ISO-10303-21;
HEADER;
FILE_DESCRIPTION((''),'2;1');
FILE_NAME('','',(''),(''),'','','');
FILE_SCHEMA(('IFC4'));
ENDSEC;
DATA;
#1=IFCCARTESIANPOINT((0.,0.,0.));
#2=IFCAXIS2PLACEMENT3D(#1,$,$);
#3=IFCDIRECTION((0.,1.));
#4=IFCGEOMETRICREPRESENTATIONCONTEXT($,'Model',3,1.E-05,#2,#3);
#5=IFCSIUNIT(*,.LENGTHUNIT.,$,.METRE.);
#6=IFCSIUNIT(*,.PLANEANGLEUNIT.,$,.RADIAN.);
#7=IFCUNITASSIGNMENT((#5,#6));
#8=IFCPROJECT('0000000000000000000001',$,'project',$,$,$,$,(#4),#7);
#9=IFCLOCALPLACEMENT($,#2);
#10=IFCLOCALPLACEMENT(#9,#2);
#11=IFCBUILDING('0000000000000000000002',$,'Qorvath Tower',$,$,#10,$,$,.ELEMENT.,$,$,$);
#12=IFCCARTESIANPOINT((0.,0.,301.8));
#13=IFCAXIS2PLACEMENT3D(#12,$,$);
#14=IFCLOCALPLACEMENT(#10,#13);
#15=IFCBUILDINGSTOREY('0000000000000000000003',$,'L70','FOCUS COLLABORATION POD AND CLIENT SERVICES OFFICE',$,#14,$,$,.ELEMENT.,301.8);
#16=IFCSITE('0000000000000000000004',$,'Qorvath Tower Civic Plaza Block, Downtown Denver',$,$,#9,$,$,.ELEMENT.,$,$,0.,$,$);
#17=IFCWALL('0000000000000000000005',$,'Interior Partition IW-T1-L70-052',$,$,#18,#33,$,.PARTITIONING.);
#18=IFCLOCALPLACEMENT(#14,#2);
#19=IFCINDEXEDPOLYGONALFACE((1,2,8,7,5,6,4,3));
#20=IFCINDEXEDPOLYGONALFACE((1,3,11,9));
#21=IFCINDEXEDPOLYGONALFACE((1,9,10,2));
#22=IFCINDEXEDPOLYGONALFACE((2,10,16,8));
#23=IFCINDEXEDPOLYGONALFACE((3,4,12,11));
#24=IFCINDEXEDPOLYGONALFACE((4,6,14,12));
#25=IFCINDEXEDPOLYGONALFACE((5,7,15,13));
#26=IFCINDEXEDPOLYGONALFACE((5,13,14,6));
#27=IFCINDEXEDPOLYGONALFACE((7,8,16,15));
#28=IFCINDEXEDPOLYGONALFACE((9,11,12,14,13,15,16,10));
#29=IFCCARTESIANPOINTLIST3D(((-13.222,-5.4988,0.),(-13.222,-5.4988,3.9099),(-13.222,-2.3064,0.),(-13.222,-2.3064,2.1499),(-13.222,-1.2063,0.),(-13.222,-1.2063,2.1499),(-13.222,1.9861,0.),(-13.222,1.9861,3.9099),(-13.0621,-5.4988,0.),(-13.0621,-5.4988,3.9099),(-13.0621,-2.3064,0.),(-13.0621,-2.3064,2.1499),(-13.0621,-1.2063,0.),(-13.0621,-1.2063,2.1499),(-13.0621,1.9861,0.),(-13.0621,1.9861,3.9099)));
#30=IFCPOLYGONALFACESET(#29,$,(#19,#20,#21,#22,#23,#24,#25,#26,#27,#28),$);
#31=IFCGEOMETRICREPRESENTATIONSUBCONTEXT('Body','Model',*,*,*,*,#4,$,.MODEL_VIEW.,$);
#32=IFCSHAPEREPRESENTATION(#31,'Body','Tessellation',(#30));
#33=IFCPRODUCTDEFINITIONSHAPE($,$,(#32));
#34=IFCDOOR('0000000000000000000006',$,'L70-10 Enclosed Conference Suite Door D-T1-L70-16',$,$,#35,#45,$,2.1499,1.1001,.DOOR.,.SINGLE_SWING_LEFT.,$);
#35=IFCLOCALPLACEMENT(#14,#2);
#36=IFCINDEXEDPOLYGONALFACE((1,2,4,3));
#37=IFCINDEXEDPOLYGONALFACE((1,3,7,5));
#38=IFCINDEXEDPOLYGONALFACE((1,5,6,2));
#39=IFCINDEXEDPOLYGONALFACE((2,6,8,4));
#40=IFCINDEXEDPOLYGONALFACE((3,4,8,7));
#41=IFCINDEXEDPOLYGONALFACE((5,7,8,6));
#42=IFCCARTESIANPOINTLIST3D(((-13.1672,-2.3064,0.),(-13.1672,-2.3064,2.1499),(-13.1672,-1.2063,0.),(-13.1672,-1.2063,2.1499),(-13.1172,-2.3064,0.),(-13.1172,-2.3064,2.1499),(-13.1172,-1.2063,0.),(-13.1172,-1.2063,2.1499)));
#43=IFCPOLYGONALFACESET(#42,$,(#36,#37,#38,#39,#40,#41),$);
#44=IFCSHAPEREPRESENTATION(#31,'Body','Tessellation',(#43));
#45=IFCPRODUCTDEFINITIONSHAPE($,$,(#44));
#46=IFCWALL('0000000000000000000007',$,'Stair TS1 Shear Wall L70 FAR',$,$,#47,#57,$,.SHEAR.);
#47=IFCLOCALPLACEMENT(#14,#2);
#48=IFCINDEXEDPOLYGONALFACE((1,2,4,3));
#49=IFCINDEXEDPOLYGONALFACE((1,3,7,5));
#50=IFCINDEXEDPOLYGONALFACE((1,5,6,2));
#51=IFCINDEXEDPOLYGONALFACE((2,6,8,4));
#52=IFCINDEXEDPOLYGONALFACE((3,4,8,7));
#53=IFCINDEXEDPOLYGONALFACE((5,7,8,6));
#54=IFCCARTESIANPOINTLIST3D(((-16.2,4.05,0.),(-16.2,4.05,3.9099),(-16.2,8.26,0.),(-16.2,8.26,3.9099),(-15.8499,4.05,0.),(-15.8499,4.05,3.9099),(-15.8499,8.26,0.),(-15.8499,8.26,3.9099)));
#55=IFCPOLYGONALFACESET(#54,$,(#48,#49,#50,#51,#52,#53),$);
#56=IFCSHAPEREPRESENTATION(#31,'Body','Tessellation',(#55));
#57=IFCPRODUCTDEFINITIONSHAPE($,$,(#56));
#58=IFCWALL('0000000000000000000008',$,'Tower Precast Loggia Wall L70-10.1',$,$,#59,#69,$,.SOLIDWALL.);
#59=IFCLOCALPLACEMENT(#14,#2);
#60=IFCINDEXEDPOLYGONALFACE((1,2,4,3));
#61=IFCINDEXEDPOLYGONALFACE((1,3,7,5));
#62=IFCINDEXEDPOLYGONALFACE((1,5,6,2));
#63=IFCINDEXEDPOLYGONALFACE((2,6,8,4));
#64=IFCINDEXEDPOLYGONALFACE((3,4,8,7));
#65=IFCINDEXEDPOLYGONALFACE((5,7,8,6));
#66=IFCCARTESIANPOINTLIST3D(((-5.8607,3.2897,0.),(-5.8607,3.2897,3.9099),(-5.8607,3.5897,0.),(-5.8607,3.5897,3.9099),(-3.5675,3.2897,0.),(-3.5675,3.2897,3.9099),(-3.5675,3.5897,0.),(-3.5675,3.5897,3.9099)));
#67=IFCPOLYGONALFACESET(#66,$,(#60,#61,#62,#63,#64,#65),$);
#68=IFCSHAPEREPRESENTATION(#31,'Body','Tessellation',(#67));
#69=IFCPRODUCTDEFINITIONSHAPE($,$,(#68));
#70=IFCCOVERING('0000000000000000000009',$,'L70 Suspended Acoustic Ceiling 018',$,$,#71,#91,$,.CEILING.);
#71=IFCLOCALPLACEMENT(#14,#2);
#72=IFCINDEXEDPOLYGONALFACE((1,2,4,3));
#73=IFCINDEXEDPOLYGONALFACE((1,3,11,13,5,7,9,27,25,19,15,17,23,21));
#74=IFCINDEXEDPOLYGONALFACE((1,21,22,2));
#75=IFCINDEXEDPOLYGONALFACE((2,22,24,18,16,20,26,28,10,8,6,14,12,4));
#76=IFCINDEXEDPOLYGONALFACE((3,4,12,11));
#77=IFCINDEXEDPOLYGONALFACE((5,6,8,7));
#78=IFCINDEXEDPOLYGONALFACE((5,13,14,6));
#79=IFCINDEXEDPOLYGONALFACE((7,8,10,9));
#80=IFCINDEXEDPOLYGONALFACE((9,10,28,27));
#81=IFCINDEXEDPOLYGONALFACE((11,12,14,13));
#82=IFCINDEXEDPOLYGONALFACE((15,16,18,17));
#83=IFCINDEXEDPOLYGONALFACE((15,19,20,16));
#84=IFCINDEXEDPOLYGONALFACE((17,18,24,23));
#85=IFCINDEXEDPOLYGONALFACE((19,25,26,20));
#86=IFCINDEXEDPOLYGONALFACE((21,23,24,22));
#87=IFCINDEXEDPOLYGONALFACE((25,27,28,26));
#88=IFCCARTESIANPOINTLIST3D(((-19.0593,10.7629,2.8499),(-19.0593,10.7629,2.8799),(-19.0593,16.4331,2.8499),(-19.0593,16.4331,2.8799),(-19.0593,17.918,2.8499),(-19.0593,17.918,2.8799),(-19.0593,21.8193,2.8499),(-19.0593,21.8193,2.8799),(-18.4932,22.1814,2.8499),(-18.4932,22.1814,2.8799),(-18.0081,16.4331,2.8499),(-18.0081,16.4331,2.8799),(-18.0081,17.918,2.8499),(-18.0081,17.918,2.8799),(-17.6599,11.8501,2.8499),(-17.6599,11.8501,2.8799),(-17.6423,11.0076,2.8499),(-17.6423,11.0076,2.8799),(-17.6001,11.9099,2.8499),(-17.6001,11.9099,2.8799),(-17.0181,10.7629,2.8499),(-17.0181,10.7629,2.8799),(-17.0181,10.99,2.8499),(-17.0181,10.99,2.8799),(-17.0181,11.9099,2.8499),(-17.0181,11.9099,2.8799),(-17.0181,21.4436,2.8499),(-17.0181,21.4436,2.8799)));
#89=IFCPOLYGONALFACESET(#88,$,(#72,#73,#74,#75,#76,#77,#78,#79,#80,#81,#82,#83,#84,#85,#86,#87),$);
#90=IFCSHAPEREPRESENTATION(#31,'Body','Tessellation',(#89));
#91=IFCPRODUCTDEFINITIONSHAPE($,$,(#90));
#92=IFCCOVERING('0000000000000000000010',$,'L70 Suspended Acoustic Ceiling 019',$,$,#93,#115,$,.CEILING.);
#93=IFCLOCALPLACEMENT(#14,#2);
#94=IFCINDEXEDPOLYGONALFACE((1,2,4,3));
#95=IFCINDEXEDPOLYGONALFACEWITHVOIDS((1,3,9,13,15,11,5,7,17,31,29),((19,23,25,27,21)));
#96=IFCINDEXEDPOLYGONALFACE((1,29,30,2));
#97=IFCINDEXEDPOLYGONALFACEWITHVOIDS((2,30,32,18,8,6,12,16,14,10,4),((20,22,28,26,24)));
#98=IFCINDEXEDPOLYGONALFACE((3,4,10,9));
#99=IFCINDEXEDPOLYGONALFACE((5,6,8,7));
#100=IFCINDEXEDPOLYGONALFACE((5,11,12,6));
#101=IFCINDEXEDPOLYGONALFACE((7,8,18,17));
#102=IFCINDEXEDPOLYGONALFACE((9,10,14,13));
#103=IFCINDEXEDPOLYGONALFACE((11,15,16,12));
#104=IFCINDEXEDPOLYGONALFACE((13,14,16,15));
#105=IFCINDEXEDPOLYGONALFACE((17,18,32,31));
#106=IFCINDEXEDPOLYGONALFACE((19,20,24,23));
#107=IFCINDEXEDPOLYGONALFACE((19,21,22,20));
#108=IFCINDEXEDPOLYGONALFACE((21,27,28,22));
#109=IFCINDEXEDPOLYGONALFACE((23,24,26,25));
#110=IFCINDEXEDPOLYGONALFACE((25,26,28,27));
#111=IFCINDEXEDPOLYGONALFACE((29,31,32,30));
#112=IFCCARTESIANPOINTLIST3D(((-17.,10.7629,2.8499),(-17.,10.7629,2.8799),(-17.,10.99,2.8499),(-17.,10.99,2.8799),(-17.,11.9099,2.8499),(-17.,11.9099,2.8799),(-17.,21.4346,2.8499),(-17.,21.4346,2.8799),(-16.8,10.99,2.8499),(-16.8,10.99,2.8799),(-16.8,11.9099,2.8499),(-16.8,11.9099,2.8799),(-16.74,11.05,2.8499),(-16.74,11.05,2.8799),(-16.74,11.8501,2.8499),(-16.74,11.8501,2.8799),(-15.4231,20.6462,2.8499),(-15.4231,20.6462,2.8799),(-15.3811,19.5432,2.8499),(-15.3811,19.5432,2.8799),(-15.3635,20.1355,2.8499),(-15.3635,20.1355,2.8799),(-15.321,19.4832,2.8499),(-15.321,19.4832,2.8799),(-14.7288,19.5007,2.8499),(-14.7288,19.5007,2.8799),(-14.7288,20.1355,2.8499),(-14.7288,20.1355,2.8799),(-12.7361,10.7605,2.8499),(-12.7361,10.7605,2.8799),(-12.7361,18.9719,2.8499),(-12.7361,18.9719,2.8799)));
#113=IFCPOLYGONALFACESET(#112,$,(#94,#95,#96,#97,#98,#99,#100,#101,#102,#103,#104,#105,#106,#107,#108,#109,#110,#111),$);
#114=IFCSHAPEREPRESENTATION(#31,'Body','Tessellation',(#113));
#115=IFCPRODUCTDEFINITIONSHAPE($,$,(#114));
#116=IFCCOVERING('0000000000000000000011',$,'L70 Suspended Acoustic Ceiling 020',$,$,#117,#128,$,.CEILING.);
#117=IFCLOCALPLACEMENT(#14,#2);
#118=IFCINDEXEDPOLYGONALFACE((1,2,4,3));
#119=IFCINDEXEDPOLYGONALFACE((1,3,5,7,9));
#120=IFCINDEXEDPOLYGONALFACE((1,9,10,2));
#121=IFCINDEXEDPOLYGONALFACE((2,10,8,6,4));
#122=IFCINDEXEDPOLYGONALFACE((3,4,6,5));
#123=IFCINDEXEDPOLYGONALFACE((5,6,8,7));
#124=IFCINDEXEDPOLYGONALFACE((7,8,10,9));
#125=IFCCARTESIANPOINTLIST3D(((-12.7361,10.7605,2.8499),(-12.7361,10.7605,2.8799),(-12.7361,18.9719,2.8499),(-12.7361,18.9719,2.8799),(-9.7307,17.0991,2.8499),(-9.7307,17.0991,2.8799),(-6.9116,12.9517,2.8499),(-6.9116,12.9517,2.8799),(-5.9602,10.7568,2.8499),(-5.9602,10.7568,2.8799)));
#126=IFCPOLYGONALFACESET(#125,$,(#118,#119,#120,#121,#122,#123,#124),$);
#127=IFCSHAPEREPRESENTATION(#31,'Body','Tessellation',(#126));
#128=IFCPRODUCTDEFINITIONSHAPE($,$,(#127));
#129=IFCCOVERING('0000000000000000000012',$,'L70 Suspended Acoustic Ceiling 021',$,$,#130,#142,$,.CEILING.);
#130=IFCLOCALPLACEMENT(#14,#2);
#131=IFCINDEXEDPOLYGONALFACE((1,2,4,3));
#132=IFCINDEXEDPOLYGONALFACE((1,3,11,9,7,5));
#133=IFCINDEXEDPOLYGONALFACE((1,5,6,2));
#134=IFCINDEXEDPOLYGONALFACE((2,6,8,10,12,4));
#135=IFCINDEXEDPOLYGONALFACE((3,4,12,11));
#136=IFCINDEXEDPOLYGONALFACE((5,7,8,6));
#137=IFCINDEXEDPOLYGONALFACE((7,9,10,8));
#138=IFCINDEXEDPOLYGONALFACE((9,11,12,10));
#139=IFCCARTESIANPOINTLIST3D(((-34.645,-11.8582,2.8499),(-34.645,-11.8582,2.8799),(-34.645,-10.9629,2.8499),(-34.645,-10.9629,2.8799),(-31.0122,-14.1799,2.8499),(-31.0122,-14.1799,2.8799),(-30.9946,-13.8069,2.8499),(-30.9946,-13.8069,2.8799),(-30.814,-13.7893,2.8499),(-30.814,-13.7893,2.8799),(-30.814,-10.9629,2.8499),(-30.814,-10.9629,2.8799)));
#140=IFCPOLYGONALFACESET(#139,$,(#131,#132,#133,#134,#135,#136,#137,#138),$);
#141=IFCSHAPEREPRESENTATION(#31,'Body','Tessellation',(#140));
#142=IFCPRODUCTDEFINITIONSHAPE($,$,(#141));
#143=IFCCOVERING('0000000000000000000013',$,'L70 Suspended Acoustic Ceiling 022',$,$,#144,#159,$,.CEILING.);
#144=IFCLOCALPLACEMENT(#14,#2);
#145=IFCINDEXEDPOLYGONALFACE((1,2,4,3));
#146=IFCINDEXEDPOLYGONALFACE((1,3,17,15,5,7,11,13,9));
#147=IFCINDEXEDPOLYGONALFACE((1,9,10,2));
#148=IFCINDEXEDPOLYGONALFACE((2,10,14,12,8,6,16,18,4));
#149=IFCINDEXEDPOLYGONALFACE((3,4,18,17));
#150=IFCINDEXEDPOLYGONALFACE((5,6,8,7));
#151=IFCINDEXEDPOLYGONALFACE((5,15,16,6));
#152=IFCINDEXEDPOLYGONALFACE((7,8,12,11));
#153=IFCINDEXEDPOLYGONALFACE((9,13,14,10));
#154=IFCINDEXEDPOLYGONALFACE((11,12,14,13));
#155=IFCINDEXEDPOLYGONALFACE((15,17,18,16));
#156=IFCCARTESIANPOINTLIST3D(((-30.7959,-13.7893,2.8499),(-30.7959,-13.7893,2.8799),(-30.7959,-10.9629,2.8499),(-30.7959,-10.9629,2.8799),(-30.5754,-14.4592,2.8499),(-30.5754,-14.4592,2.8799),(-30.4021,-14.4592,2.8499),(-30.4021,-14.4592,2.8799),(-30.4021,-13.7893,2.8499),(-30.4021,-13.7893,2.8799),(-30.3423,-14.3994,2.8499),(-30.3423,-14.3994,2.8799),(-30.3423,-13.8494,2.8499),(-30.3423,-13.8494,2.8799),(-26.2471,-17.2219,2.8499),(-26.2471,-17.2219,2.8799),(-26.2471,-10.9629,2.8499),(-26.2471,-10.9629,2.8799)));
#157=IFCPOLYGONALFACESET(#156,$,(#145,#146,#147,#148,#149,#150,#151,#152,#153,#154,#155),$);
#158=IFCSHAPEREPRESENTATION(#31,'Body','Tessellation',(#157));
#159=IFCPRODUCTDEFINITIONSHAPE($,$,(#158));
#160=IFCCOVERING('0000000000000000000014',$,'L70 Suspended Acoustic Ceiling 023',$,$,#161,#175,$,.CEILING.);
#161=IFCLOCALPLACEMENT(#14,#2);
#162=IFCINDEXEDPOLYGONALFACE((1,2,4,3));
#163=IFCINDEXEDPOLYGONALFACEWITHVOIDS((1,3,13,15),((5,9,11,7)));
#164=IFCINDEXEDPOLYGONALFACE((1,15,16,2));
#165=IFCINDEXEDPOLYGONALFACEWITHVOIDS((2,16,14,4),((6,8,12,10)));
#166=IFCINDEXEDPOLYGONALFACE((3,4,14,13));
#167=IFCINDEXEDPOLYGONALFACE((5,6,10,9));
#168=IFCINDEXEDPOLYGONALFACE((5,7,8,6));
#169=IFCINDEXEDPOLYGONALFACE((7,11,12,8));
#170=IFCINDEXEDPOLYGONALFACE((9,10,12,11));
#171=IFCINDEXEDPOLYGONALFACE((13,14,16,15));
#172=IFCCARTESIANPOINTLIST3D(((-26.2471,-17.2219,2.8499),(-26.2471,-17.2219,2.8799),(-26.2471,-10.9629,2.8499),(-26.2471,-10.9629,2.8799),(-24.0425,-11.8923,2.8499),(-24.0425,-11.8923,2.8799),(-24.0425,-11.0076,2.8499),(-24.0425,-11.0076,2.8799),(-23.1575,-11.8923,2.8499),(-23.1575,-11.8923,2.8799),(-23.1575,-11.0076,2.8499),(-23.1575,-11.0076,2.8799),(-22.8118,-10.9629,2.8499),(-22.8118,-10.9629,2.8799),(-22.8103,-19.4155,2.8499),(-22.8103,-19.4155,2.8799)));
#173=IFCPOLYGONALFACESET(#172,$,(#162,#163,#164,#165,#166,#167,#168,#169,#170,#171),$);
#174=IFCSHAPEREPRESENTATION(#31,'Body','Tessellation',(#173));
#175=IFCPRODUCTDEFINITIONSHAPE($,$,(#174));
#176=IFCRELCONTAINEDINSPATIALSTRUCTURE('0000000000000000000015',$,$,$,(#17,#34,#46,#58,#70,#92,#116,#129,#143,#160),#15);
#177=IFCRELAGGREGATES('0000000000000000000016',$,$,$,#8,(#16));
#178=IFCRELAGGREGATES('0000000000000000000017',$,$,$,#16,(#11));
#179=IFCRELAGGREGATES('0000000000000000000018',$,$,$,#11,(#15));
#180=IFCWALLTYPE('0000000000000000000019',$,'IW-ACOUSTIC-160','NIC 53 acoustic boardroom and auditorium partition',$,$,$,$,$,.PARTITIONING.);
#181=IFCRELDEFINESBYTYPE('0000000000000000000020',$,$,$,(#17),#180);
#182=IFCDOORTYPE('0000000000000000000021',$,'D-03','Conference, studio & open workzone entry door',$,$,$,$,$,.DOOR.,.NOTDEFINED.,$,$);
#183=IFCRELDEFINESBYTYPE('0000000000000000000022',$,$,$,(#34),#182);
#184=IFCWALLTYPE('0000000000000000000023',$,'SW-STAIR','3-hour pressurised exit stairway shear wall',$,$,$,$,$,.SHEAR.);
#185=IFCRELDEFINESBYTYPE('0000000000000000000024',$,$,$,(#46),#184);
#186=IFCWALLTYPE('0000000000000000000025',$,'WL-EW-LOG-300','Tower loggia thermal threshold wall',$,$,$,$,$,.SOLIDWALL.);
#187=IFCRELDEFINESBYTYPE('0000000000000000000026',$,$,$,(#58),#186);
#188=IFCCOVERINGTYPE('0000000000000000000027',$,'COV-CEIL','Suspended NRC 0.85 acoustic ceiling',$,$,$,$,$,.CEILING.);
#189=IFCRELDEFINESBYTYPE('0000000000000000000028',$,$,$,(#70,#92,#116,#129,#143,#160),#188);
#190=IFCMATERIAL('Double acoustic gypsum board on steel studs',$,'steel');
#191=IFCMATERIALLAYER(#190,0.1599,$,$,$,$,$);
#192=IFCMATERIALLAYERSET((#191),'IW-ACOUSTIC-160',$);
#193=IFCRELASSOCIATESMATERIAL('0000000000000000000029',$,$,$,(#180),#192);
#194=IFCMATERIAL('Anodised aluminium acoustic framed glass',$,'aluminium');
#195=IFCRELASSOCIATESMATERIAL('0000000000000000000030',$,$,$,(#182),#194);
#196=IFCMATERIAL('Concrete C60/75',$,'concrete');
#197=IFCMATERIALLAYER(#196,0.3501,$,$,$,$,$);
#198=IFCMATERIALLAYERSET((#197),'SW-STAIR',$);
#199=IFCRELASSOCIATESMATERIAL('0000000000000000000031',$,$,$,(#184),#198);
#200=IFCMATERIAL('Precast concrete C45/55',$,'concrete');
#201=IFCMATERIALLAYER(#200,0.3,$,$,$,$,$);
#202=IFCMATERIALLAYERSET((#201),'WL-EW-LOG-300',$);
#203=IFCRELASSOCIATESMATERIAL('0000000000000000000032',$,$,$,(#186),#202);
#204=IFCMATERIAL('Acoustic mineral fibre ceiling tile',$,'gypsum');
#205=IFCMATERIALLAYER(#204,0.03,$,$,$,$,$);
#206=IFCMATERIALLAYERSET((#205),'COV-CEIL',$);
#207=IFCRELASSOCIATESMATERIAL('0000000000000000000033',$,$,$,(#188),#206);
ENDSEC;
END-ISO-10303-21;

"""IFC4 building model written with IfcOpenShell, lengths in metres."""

from ifc_helpers import new_model, si_unit, direction, frame, frame_2d, origin, place, context, subcontext, project, spatial, polyline, rectangle, outline, extrude, material, layer, layer_set, type_object, element, fill, save


model = new_model("IFC4")

# Units and contexts
model_context = context("Model", 3, precision=1e-05, world=origin(), true_north=direction((0.0, 1.0)))
body_context = subcontext(model_context, "Body", "Model", "MODEL_VIEW")
ifc_project = project(units=[si_unit("LENGTHUNIT", "METRE"), si_unit("PLANEANGLEUNIT", "RADIAN")], contexts=[model_context])

# Site, building, storey
site_placement = place(None, origin())
site = spatial("IfcSite", under=ifc_project, at=site_placement, Name="Qorvath Tower Civic Plaza Block, Downtown Denver", CompositionType="ELEMENT", RefElevation=0.0)
building_placement = place(site_placement, origin())
building = spatial("IfcBuilding", under=site, at=building_placement, Name="Qorvath Tower", CompositionType="ELEMENT")
storey_placement = place(building_placement, frame((0.0, 0.0, 301.8)))
storey = spatial("IfcBuildingStorey", under=building, at=storey_placement, Name="L70", Description="FOCUS COLLABORATION POD AND CLIENT SERVICES OFFICE", CompositionType="ELEMENT", Elevation=301.8)

# Shared definitions
ifc_material_1 = material(Name="Double acoustic gypsum board on steel studs", Category="steel")
ifc_layer_1 = layer(ifc_material_1, 0.1599)
ifc_layer_set_1 = layer_set([ifc_layer_1], Name="IW-ACOUSTIC-160")
wall_type_1 = type_object("IfcWallType", Name="IW-ACOUSTIC-160", Description="NIC 53 acoustic boardroom and auditorium partition", PredefinedType="PARTITIONING", material=ifc_layer_set_1)

# Wall, opening, door
wall_1_placement = place(storey_placement, frame((-13.1421, 1.9861, 0.0), z_axis=(0.0, 0.0, 1.0), x_axis=(0.0, -1.0, 0.0)))
wall_1 = element("IfcWall", 1, at=wall_1_placement, inside=storey, type_object=wall_type_1, Name="Interior Partition IW-T1-L70-052", PredefinedType="PARTITIONING", context=body_context, shape_type="SweptSolid", body=[
    extrude(rectangle(XDim=7.4849, YDim=0.1599, at=frame_2d((3.7424, 0.0))), origin(), (0.0, 0.0, 1.0), 3.9099),
])
opening_placement = place(wall_1_placement, frame((3.1924, 0.0, 0.0)))
opening = element("IfcOpeningElement", 2, at=opening_placement, cuts=wall_1, PredefinedType="OPENING", context=body_context, shape_type="SweptSolid", body=[
    extrude(rectangle(XDim=1.1001, YDim=2.1499, at=frame_2d((0.55, 1.075))), frame((0.0, 0.0898, 0.0), z_axis=(0.0, -1.0, 0.0), x_axis=(1.0, 0.0, 0.0)), (0.0, 0.0, 1.0), 0.1799),
])
ifc_material_2 = material(Name="Anodised aluminium acoustic framed glass", Category="aluminium")
door_type = type_object("IfcDoorType", Name="D-03", Description="Conference, studio & open workzone entry door", OperationType="NOTDEFINED", PredefinedType="DOOR", material=ifc_material_2)
door_placement = place(opening_placement, origin())
door = element("IfcDoor", 3, at=door_placement, inside=storey, type_object=door_type, Name="L70-10 Enclosed Conference Suite Door D-T1-L70-16", OperationType="SINGLE_SWING_LEFT", OverallHeight=2.1499, OverallWidth=1.1001, PredefinedType="DOOR", context=body_context, shape_type="SweptSolid", body=[
    extrude(rectangle(XDim=1.1001, YDim=2.1499, at=frame_2d((0.55, 1.075))), frame((0.0, 0.0249, 0.0), z_axis=(0.0, -1.0, 0.0), x_axis=(1.0, 0.0, 0.0)), (0.0, 0.0, 1.0), 0.05),
])
fill(opening, door)

# Walls
ifc_material_3 = material(Name="Concrete C60/75", Category="concrete")
ifc_layer_2 = layer(ifc_material_3, 0.3501)
ifc_layer_set_2 = layer_set([ifc_layer_2], Name="SW-STAIR")
wall_type_2 = type_object("IfcWallType", Name="SW-STAIR", Description="3-hour pressurised exit stairway shear wall", PredefinedType="SHEAR", material=ifc_layer_set_2)
wall_2_placement = place(storey_placement, frame((-16.0249, 4.05, 0.0), z_axis=(0.0, 0.0, 1.0), x_axis=(0.0, 1.0, 0.0)))
element("IfcWall", 4, at=wall_2_placement, inside=storey, type_object=wall_type_2, Name="Stair TS1 Shear Wall L70 FAR", PredefinedType="SHEAR", context=body_context, shape_type="SweptSolid", body=[
    extrude(rectangle(XDim=4.21, YDim=0.3501, at=frame_2d((2.105, 0.0))), origin(), (0.0, 0.0, 1.0), 3.9099),
])
ifc_material_4 = material(Name="Precast concrete C45/55", Category="concrete")
ifc_layer_3 = layer(ifc_material_4, 0.3)
ifc_layer_set_3 = layer_set([ifc_layer_3], Name="WL-EW-LOG-300")
wall_type_3 = type_object("IfcWallType", Name="WL-EW-LOG-300", Description="Tower loggia thermal threshold wall", PredefinedType="SOLIDWALL", material=ifc_layer_set_3)
wall_3_placement = place(storey_placement, frame((-5.8606, 3.4397, 0.0), z_axis=(0.0, 0.0, 1.0), x_axis=(1.0, 0.0, 0.0)))
element("IfcWall", 5, at=wall_3_placement, inside=storey, type_object=wall_type_3, Name="Tower Precast Loggia Wall L70-10.1", PredefinedType="SOLIDWALL", context=body_context, shape_type="SweptSolid", body=[
    extrude(rectangle(XDim=2.2932, YDim=0.3, at=frame_2d((1.1465, 0.0))), origin(), (0.0, 0.0, 1.0), 3.9099),
])

# Coverings
ifc_material_5 = material(Name="Acoustic mineral fibre ceiling tile", Category="gypsum")
ifc_layer_4 = layer(ifc_material_5, 0.03)
ifc_layer_set_4 = layer_set([ifc_layer_4], Name="COV-CEIL")
covering_type_1 = type_object("IfcCoveringType", Name="COV-CEIL", Description="Suspended NRC 0.85 acoustic ceiling", PredefinedType="CEILING", material=ifc_layer_set_4)
covering_1_placement = place(storey_placement, frame((0.0, 0.0, 2.8499)))
element("IfcCovering", 6, at=covering_1_placement, inside=storey, type_object=covering_type_1, Name="L70 Suspended Acoustic Ceiling 018", PredefinedType="CEILING", context=body_context, shape_type="SweptSolid", body=[
    extrude(outline(polyline([(-17.6001, 11.9099), (-17.0181, 11.9099), (-17.0181, 21.4436), (-18.4932, 22.1814), (-19.0593, 21.8193), (-19.0593, 17.918), (-18.0081, 17.918), (-18.0081, 16.4331), (-19.0593, 16.4331), (-19.0593, 10.7629), (-17.0181, 10.7629), (-17.0181, 10.99), (-17.6423, 11.0076), (-17.6599, 11.8501), (-17.6001, 11.9099)])), origin(), (0.0, 0.0, 1.0), 0.03),
])
covering_2_placement = place(storey_placement, frame((0.0, 0.0, 2.8499)))
element("IfcCovering", 7, at=covering_2_placement, inside=storey, type_object=covering_type_1, Name="L70 Suspended Acoustic Ceiling 019", PredefinedType="CEILING", context=body_context, shape_type="SweptSolid", body=[
    extrude(outline(polyline([(-12.7361, 10.7605), (-12.7361, 18.9719), (-15.4231, 20.6462), (-17.0, 21.4346), (-17.0, 11.9099), (-16.8, 11.9099), (-16.74, 11.8501), (-16.74, 11.05), (-16.8, 10.99), (-17.0, 10.99), (-17.0, 10.7629), (-12.7361, 10.7605)]), holes=[polyline([(-15.3811, 19.5432), (-15.3635, 20.1355), (-14.7288, 20.1355), (-14.7288, 19.5007), (-15.321, 19.4832), (-15.3811, 19.5432)])]), origin(), (0.0, 0.0, 1.0), 0.03),
])
covering_3_placement = place(storey_placement, frame((0.0, 0.0, 2.8499)))
element("IfcCovering", 8, at=covering_3_placement, inside=storey, type_object=covering_type_1, Name="L70 Suspended Acoustic Ceiling 020", PredefinedType="CEILING", context=body_context, shape_type="SweptSolid", body=[
    extrude(outline(polyline([(-5.9602, 10.7568), (-6.9116, 12.9517), (-9.7307, 17.0991), (-12.7361, 18.9719), (-12.7361, 10.7605), (-5.9602, 10.7568)])), origin(), (0.0, 0.0, 1.0), 0.03),
])
covering_4_placement = place(storey_placement, frame((0.0, 0.0, 2.8499)))
element("IfcCovering", 9, at=covering_4_placement, inside=storey, type_object=covering_type_1, Name="L70 Suspended Acoustic Ceiling 021", PredefinedType="CEILING", context=body_context, shape_type="SweptSolid", body=[
    extrude(outline(polyline([(-34.645, -11.8582), (-31.0122, -14.1799), (-30.9946, -13.8069), (-30.814, -13.7893), (-30.814, -10.9629), (-34.645, -10.9629), (-34.645, -11.8582)])), origin(), (0.0, 0.0, 1.0), 0.03),
])
covering_5_placement = place(storey_placement, frame((0.0, 0.0, 2.8499)))
element("IfcCovering", 10, at=covering_5_placement, inside=storey, type_object=covering_type_1, Name="L70 Suspended Acoustic Ceiling 022", PredefinedType="CEILING", context=body_context, shape_type="SweptSolid", body=[
    extrude(outline(polyline([(-30.5754, -14.4592), (-26.2471, -17.2219), (-26.2471, -10.9629), (-30.7959, -10.9629), (-30.7959, -13.7893), (-30.4021, -13.7893), (-30.3423, -13.8494), (-30.3423, -14.3994), (-30.4021, -14.4592), (-30.5754, -14.4592)])), origin(), (0.0, 0.0, 1.0), 0.03),
])
covering_6_placement = place(storey_placement, frame((0.0, 0.0, 2.8499)))
element("IfcCovering", 11, at=covering_6_placement, inside=storey, type_object=covering_type_1, Name="L70 Suspended Acoustic Ceiling 023", PredefinedType="CEILING", context=body_context, shape_type="SweptSolid", body=[
    extrude(outline(polyline([(-26.2471, -10.9629), (-26.2471, -17.2219), (-22.8103, -19.4155), (-22.8118, -10.9629), (-26.2471, -10.9629)]), holes=[polyline([(-24.0425, -11.8923), (-24.0425, -11.0076), (-23.1575, -11.0076), (-23.1575, -11.8923), (-24.0425, -11.8923)])]), origin(), (0.0, 0.0, 1.0), 0.03),
])

save(model, "model.ifc")
